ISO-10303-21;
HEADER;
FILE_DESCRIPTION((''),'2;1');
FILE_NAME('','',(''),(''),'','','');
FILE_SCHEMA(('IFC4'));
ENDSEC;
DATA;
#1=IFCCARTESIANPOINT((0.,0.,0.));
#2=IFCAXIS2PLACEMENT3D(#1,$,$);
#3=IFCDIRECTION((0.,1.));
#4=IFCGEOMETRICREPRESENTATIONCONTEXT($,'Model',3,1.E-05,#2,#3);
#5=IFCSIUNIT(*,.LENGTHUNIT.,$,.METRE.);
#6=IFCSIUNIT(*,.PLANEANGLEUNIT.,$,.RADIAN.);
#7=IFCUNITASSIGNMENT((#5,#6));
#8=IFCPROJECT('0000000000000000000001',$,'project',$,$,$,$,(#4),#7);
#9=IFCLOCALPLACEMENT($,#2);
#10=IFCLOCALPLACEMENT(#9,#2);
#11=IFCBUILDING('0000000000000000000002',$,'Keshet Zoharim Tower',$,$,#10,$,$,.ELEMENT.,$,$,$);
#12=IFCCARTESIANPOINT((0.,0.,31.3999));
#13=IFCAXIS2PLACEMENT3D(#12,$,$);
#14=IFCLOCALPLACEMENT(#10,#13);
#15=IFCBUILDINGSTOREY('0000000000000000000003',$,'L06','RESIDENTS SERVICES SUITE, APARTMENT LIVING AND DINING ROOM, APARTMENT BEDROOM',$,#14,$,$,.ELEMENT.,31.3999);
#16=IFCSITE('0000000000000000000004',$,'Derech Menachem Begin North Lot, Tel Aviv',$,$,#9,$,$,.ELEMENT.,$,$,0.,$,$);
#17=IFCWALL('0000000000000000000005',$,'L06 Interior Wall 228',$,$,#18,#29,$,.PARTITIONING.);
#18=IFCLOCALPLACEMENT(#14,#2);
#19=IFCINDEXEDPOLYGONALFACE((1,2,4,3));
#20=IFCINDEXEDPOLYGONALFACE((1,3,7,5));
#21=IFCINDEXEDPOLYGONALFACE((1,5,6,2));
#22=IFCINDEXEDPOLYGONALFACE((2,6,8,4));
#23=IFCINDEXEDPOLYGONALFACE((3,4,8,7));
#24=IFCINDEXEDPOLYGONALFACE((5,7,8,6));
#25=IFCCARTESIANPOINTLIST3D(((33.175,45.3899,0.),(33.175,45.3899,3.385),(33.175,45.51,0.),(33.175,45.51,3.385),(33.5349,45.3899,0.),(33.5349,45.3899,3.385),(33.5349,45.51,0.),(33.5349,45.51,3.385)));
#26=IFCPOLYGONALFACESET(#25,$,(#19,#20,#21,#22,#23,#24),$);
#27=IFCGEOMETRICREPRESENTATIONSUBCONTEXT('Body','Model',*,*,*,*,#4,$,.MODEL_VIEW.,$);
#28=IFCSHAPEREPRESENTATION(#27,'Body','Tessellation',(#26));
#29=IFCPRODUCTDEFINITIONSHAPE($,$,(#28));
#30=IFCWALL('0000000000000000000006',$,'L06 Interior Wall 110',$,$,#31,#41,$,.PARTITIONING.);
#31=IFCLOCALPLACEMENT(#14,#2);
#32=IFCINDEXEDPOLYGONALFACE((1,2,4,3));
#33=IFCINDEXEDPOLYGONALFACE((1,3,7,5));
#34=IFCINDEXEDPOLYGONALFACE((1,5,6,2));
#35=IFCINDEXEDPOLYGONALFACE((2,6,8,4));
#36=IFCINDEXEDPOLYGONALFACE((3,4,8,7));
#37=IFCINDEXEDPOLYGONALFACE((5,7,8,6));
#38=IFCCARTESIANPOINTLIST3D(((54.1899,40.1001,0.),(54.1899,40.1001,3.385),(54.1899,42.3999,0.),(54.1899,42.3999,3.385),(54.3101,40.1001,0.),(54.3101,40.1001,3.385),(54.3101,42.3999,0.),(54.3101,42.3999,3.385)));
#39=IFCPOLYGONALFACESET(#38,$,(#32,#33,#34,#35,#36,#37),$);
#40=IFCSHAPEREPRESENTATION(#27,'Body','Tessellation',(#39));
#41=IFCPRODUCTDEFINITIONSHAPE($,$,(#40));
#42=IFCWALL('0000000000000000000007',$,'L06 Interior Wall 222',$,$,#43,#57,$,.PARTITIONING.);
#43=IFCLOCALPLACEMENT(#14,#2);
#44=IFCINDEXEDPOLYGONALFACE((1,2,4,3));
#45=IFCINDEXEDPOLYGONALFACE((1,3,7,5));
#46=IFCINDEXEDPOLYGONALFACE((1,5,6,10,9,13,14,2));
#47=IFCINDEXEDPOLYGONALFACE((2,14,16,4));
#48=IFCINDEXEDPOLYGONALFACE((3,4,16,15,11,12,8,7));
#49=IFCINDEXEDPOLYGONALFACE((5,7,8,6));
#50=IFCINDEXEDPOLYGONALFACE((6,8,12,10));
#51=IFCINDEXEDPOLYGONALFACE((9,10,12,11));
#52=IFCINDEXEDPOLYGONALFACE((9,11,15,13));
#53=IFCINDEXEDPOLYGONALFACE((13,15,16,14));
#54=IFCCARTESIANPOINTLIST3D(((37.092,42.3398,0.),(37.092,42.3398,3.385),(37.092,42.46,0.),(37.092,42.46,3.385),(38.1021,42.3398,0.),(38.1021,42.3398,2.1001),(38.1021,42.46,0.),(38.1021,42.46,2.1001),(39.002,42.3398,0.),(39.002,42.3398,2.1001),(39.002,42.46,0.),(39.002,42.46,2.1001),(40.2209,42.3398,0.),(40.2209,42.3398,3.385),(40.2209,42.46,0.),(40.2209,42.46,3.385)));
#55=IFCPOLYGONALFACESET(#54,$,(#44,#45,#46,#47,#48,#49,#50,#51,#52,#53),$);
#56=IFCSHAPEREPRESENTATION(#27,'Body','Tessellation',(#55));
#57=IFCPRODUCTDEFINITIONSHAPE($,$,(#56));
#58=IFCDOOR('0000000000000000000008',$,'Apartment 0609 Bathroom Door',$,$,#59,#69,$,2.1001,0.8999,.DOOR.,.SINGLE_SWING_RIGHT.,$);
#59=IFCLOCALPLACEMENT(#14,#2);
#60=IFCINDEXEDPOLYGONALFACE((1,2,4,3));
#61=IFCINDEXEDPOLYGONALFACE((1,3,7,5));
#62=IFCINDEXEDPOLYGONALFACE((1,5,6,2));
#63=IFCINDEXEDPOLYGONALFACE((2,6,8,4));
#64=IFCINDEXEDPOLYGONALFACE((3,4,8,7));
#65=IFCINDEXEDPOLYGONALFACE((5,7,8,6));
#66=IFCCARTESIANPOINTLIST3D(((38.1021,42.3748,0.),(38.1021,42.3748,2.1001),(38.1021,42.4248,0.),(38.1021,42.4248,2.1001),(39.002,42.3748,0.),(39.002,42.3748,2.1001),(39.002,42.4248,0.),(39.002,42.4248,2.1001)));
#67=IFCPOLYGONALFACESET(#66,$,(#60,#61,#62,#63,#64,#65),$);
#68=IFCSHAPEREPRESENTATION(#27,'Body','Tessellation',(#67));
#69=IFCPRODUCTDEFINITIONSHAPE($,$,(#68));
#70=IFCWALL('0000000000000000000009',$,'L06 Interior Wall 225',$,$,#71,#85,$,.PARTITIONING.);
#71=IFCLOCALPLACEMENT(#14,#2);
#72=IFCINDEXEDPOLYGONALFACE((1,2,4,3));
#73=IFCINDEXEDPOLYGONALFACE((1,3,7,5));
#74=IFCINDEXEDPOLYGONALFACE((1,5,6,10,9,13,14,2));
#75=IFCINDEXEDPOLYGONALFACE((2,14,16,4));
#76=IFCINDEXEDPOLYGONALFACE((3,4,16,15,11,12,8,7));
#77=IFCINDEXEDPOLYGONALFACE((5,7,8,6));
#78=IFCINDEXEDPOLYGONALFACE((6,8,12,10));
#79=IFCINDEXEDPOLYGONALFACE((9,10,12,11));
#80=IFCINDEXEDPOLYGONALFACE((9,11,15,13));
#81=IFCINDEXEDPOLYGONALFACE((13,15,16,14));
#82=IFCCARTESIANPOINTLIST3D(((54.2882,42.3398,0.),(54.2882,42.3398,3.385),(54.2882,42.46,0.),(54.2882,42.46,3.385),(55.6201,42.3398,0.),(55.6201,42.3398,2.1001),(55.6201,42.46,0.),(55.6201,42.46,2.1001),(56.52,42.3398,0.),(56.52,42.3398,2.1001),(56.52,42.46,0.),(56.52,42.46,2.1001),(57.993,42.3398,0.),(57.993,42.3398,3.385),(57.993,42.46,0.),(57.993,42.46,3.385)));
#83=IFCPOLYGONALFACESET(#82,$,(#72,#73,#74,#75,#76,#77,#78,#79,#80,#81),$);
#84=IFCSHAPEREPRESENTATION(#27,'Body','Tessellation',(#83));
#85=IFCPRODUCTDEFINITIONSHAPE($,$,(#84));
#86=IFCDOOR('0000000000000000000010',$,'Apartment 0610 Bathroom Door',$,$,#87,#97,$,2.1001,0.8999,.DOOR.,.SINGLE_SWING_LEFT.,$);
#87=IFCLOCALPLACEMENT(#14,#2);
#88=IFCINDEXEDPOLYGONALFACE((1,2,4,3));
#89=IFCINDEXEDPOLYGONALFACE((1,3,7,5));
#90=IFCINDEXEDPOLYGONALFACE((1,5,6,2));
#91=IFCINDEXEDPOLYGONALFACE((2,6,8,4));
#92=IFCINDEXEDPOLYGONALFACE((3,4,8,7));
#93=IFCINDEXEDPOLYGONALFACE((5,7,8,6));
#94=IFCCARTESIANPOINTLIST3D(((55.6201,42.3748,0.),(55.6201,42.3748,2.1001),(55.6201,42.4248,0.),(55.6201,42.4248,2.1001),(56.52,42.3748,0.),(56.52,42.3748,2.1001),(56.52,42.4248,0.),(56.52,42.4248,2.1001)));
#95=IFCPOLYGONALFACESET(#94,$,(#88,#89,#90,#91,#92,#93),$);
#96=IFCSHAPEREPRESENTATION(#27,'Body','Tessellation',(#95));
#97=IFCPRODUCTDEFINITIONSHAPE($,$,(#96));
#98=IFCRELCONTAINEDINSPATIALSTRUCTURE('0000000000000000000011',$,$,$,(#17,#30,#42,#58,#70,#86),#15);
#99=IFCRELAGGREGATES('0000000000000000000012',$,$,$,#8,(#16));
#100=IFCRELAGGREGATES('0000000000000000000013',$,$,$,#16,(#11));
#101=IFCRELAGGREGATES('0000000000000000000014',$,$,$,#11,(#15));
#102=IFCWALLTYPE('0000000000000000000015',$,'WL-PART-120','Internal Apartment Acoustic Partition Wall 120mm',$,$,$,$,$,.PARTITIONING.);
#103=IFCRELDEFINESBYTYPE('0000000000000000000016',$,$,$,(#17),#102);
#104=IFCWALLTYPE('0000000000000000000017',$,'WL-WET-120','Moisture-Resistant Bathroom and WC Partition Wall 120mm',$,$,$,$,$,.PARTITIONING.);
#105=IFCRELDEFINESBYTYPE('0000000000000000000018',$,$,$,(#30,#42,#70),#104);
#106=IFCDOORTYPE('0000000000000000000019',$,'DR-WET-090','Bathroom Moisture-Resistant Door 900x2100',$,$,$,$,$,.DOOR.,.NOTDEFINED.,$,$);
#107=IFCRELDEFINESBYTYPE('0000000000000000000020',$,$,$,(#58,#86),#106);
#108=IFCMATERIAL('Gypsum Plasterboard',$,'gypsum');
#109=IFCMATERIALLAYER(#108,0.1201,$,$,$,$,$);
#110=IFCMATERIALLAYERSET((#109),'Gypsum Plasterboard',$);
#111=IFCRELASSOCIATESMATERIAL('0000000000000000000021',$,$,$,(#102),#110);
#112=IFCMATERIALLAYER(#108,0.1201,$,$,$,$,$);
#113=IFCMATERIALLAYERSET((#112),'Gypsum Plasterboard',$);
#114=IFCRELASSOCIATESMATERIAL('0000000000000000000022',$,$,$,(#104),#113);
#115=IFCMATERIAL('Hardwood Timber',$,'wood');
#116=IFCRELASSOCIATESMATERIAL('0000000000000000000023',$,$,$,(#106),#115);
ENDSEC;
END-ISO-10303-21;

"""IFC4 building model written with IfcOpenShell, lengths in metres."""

from ifc_helpers import new_model, si_unit, direction, frame, frame_2d, origin, place, context, subcontext, project, spatial, rectangle, extrude, material, layer, layer_set, type_object, element, fill, save


model = new_model("IFC4")

# Units and contexts
model_context = context("Model", 3, precision=1e-05, world=origin(), true_north=direction((0.0, 1.0)))
body_context = subcontext(model_context, "Body", "Model", "MODEL_VIEW")
ifc_project = project(units=[si_unit("LENGTHUNIT", "METRE"), si_unit("PLANEANGLEUNIT", "RADIAN")], contexts=[model_context])

# Site, building, storey
site_placement = place(None, origin())
site = spatial("IfcSite", under=ifc_project, at=site_placement, Name="Derech Menachem Begin North Lot, Tel Aviv", CompositionType="ELEMENT", RefElevation=0.0)
building_placement = place(site_placement, origin())
building = spatial("IfcBuilding", under=site, at=building_placement, Name="Keshet Zoharim Tower", CompositionType="ELEMENT")
storey_placement = place(building_placement, frame((0.0, 0.0, 31.3999)))
storey = spatial("IfcBuildingStorey", under=building, at=storey_placement, Name="L06", Description="RESIDENTS SERVICES SUITE, APARTMENT LIVING AND DINING ROOM, APARTMENT BEDROOM", CompositionType="ELEMENT", Elevation=31.3999)

# Shared definitions
ifc_material_1 = material(Name="Gypsum Plasterboard", Category="gypsum")
ifc_material_2 = material(Name="Hardwood Timber", Category="wood")

# Shared definitions
ifc_layer_1 = layer(ifc_material_1, 0.1201)
ifc_layer_set_1 = layer_set([ifc_layer_1], Name="Gypsum Plasterboard")
wall_type_1 = type_object("IfcWallType", Name="WL-PART-120", Description="Internal Apartment Acoustic Partition Wall 120mm", PredefinedType="PARTITIONING", material=ifc_layer_set_1)

# Walls
wall_1_placement = place(storey_placement, frame((33.175, 45.45, 0.0), z_axis=(0.0, 0.0, 1.0), x_axis=(1.0, 0.0, 0.0)))
element("IfcWall", 1, at=wall_1_placement, inside=storey, type_object=wall_type_1, Name="L06 Interior Wall 228", PredefinedType="PARTITIONING", context=body_context, shape_type="SweptSolid", body=[
    extrude(rectangle(XDim=0.3599, YDim=0.1201, at=frame_2d((0.1799, 0.0))), origin(), (0.0, 0.0, 1.0), 3.385),
])
ifc_layer_2 = layer(ifc_material_1, 0.1201)
ifc_layer_set_2 = layer_set([ifc_layer_2], Name="Gypsum Plasterboard")
wall_type_2 = type_object("IfcWallType", Name="WL-WET-120", Description="Moisture-Resistant Bathroom and WC Partition Wall 120mm", PredefinedType="PARTITIONING", material=ifc_layer_set_2)
wall_2_placement = place(storey_placement, frame((54.25, 40.1001, 0.0), z_axis=(0.0, 0.0, 1.0), x_axis=(0.0, 1.0, 0.0)))
element("IfcWall", 2, at=wall_2_placement, inside=storey, type_object=wall_type_2, Name="L06 Interior Wall 110", PredefinedType="PARTITIONING", context=body_context, shape_type="SweptSolid", body=[
    extrude(rectangle(XDim=2.2998, YDim=0.1201, at=frame_2d((1.1499, 0.0))), origin(), (0.0, 0.0, 1.0), 3.385),
])

# Walls, openings, doors
wall_3_placement = place(storey_placement, frame((37.092, 42.3999, 0.0), z_axis=(0.0, 0.0, 1.0), x_axis=(1.0, 0.0, 0.0)))
wall_3 = element("IfcWall", 3, at=wall_3_placement, inside=storey, type_object=wall_type_2, Name="L06 Interior Wall 222", PredefinedType="PARTITIONING", context=body_context, shape_type="SweptSolid", body=[
    extrude(rectangle(XDim=3.1289, YDim=0.1201, at=frame_2d((1.5645, 0.0))), origin(), (0.0, 0.0, 1.0), 3.385),
])
opening_1_placement = place(wall_3_placement, frame((1.01, 0.0, 0.0)))
opening_1 = element("IfcOpeningElement", 4, at=opening_1_placement, cuts=wall_3, PredefinedType="OPENING", context=body_context, shape_type="SweptSolid", body=[
    extrude(rectangle(XDim=0.8999, YDim=2.1001, at=frame_2d((0.45, 1.05))), frame((0.0, 0.0701, 0.0), z_axis=(0.0, -1.0, 0.0), x_axis=(1.0, 0.0, 0.0)), (0.0, 0.0, 1.0), 0.1401),
])
door_type_1 = type_object("IfcDoorType", Name="DR-WET-090", Description="Bathroom Moisture-Resistant Door 900x2100", OperationType="NOTDEFINED", PredefinedType="DOOR", material=ifc_material_2)
door_1_placement = place(opening_1_placement, origin())
door_1 = element("IfcDoor", 5, at=door_1_placement, inside=storey, type_object=door_type_1, Name="Apartment 0609 Bathroom Door", OperationType="SINGLE_SWING_RIGHT", OverallHeight=2.1001, OverallWidth=0.8999, PredefinedType="DOOR", context=body_context, shape_type="SweptSolid", body=[
    extrude(rectangle(XDim=0.8999, YDim=2.1001, at=frame_2d((0.45, 1.05))), frame((0.0, 0.0249, 0.0), z_axis=(0.0, -1.0, 0.0), x_axis=(1.0, 0.0, 0.0)), (0.0, 0.0, 1.0), 0.05),
])
fill(opening_1, door_1)
wall_4_placement = place(storey_placement, frame((54.2881, 42.3999, 0.0), z_axis=(0.0, 0.0, 1.0), x_axis=(1.0, 0.0, 0.0)))
wall_4 = element("IfcWall", 6, at=wall_4_placement, inside=storey, type_object=wall_type_2, Name="L06 Interior Wall 225", PredefinedType="PARTITIONING", context=body_context, shape_type="SweptSolid", body=[
    extrude(rectangle(XDim=3.7048, YDim=0.1201, at=frame_2d((1.8525, 0.0))), origin(), (0.0, 0.0, 1.0), 3.385),
])
opening_2_placement = place(wall_4_placement, frame((1.332, 0.0, 0.0)))
opening_2 = element("IfcOpeningElement", 7, at=opening_2_placement, cuts=wall_4, PredefinedType="OPENING", context=body_context, shape_type="SweptSolid", body=[
    extrude(rectangle(XDim=0.8999, YDim=2.1001, at=frame_2d((0.45, 1.05))), frame((0.0, 0.0701, 0.0), z_axis=(0.0, -1.0, 0.0), x_axis=(1.0, 0.0, 0.0)), (0.0, 0.0, 1.0), 0.1401),
])
door_2_placement = place(opening_2_placement, origin())
door_2 = element("IfcDoor", 8, at=door_2_placement, inside=storey, type_object=door_type_1, Name="Apartment 0610 Bathroom Door", OperationType="SINGLE_SWING_LEFT", OverallHeight=2.1001, OverallWidth=0.8999, PredefinedType="DOOR", context=body_context, shape_type="SweptSolid", body=[
    extrude(rectangle(XDim=0.8999, YDim=2.1001, at=frame_2d((0.45, 1.05))), frame((0.0, 0.0249, 0.0), z_axis=(0.0, -1.0, 0.0), x_axis=(1.0, 0.0, 0.0)), (0.0, 0.0, 1.0), 0.05),
])
fill(opening_2, door_2)

save(model, "model.ifc")
